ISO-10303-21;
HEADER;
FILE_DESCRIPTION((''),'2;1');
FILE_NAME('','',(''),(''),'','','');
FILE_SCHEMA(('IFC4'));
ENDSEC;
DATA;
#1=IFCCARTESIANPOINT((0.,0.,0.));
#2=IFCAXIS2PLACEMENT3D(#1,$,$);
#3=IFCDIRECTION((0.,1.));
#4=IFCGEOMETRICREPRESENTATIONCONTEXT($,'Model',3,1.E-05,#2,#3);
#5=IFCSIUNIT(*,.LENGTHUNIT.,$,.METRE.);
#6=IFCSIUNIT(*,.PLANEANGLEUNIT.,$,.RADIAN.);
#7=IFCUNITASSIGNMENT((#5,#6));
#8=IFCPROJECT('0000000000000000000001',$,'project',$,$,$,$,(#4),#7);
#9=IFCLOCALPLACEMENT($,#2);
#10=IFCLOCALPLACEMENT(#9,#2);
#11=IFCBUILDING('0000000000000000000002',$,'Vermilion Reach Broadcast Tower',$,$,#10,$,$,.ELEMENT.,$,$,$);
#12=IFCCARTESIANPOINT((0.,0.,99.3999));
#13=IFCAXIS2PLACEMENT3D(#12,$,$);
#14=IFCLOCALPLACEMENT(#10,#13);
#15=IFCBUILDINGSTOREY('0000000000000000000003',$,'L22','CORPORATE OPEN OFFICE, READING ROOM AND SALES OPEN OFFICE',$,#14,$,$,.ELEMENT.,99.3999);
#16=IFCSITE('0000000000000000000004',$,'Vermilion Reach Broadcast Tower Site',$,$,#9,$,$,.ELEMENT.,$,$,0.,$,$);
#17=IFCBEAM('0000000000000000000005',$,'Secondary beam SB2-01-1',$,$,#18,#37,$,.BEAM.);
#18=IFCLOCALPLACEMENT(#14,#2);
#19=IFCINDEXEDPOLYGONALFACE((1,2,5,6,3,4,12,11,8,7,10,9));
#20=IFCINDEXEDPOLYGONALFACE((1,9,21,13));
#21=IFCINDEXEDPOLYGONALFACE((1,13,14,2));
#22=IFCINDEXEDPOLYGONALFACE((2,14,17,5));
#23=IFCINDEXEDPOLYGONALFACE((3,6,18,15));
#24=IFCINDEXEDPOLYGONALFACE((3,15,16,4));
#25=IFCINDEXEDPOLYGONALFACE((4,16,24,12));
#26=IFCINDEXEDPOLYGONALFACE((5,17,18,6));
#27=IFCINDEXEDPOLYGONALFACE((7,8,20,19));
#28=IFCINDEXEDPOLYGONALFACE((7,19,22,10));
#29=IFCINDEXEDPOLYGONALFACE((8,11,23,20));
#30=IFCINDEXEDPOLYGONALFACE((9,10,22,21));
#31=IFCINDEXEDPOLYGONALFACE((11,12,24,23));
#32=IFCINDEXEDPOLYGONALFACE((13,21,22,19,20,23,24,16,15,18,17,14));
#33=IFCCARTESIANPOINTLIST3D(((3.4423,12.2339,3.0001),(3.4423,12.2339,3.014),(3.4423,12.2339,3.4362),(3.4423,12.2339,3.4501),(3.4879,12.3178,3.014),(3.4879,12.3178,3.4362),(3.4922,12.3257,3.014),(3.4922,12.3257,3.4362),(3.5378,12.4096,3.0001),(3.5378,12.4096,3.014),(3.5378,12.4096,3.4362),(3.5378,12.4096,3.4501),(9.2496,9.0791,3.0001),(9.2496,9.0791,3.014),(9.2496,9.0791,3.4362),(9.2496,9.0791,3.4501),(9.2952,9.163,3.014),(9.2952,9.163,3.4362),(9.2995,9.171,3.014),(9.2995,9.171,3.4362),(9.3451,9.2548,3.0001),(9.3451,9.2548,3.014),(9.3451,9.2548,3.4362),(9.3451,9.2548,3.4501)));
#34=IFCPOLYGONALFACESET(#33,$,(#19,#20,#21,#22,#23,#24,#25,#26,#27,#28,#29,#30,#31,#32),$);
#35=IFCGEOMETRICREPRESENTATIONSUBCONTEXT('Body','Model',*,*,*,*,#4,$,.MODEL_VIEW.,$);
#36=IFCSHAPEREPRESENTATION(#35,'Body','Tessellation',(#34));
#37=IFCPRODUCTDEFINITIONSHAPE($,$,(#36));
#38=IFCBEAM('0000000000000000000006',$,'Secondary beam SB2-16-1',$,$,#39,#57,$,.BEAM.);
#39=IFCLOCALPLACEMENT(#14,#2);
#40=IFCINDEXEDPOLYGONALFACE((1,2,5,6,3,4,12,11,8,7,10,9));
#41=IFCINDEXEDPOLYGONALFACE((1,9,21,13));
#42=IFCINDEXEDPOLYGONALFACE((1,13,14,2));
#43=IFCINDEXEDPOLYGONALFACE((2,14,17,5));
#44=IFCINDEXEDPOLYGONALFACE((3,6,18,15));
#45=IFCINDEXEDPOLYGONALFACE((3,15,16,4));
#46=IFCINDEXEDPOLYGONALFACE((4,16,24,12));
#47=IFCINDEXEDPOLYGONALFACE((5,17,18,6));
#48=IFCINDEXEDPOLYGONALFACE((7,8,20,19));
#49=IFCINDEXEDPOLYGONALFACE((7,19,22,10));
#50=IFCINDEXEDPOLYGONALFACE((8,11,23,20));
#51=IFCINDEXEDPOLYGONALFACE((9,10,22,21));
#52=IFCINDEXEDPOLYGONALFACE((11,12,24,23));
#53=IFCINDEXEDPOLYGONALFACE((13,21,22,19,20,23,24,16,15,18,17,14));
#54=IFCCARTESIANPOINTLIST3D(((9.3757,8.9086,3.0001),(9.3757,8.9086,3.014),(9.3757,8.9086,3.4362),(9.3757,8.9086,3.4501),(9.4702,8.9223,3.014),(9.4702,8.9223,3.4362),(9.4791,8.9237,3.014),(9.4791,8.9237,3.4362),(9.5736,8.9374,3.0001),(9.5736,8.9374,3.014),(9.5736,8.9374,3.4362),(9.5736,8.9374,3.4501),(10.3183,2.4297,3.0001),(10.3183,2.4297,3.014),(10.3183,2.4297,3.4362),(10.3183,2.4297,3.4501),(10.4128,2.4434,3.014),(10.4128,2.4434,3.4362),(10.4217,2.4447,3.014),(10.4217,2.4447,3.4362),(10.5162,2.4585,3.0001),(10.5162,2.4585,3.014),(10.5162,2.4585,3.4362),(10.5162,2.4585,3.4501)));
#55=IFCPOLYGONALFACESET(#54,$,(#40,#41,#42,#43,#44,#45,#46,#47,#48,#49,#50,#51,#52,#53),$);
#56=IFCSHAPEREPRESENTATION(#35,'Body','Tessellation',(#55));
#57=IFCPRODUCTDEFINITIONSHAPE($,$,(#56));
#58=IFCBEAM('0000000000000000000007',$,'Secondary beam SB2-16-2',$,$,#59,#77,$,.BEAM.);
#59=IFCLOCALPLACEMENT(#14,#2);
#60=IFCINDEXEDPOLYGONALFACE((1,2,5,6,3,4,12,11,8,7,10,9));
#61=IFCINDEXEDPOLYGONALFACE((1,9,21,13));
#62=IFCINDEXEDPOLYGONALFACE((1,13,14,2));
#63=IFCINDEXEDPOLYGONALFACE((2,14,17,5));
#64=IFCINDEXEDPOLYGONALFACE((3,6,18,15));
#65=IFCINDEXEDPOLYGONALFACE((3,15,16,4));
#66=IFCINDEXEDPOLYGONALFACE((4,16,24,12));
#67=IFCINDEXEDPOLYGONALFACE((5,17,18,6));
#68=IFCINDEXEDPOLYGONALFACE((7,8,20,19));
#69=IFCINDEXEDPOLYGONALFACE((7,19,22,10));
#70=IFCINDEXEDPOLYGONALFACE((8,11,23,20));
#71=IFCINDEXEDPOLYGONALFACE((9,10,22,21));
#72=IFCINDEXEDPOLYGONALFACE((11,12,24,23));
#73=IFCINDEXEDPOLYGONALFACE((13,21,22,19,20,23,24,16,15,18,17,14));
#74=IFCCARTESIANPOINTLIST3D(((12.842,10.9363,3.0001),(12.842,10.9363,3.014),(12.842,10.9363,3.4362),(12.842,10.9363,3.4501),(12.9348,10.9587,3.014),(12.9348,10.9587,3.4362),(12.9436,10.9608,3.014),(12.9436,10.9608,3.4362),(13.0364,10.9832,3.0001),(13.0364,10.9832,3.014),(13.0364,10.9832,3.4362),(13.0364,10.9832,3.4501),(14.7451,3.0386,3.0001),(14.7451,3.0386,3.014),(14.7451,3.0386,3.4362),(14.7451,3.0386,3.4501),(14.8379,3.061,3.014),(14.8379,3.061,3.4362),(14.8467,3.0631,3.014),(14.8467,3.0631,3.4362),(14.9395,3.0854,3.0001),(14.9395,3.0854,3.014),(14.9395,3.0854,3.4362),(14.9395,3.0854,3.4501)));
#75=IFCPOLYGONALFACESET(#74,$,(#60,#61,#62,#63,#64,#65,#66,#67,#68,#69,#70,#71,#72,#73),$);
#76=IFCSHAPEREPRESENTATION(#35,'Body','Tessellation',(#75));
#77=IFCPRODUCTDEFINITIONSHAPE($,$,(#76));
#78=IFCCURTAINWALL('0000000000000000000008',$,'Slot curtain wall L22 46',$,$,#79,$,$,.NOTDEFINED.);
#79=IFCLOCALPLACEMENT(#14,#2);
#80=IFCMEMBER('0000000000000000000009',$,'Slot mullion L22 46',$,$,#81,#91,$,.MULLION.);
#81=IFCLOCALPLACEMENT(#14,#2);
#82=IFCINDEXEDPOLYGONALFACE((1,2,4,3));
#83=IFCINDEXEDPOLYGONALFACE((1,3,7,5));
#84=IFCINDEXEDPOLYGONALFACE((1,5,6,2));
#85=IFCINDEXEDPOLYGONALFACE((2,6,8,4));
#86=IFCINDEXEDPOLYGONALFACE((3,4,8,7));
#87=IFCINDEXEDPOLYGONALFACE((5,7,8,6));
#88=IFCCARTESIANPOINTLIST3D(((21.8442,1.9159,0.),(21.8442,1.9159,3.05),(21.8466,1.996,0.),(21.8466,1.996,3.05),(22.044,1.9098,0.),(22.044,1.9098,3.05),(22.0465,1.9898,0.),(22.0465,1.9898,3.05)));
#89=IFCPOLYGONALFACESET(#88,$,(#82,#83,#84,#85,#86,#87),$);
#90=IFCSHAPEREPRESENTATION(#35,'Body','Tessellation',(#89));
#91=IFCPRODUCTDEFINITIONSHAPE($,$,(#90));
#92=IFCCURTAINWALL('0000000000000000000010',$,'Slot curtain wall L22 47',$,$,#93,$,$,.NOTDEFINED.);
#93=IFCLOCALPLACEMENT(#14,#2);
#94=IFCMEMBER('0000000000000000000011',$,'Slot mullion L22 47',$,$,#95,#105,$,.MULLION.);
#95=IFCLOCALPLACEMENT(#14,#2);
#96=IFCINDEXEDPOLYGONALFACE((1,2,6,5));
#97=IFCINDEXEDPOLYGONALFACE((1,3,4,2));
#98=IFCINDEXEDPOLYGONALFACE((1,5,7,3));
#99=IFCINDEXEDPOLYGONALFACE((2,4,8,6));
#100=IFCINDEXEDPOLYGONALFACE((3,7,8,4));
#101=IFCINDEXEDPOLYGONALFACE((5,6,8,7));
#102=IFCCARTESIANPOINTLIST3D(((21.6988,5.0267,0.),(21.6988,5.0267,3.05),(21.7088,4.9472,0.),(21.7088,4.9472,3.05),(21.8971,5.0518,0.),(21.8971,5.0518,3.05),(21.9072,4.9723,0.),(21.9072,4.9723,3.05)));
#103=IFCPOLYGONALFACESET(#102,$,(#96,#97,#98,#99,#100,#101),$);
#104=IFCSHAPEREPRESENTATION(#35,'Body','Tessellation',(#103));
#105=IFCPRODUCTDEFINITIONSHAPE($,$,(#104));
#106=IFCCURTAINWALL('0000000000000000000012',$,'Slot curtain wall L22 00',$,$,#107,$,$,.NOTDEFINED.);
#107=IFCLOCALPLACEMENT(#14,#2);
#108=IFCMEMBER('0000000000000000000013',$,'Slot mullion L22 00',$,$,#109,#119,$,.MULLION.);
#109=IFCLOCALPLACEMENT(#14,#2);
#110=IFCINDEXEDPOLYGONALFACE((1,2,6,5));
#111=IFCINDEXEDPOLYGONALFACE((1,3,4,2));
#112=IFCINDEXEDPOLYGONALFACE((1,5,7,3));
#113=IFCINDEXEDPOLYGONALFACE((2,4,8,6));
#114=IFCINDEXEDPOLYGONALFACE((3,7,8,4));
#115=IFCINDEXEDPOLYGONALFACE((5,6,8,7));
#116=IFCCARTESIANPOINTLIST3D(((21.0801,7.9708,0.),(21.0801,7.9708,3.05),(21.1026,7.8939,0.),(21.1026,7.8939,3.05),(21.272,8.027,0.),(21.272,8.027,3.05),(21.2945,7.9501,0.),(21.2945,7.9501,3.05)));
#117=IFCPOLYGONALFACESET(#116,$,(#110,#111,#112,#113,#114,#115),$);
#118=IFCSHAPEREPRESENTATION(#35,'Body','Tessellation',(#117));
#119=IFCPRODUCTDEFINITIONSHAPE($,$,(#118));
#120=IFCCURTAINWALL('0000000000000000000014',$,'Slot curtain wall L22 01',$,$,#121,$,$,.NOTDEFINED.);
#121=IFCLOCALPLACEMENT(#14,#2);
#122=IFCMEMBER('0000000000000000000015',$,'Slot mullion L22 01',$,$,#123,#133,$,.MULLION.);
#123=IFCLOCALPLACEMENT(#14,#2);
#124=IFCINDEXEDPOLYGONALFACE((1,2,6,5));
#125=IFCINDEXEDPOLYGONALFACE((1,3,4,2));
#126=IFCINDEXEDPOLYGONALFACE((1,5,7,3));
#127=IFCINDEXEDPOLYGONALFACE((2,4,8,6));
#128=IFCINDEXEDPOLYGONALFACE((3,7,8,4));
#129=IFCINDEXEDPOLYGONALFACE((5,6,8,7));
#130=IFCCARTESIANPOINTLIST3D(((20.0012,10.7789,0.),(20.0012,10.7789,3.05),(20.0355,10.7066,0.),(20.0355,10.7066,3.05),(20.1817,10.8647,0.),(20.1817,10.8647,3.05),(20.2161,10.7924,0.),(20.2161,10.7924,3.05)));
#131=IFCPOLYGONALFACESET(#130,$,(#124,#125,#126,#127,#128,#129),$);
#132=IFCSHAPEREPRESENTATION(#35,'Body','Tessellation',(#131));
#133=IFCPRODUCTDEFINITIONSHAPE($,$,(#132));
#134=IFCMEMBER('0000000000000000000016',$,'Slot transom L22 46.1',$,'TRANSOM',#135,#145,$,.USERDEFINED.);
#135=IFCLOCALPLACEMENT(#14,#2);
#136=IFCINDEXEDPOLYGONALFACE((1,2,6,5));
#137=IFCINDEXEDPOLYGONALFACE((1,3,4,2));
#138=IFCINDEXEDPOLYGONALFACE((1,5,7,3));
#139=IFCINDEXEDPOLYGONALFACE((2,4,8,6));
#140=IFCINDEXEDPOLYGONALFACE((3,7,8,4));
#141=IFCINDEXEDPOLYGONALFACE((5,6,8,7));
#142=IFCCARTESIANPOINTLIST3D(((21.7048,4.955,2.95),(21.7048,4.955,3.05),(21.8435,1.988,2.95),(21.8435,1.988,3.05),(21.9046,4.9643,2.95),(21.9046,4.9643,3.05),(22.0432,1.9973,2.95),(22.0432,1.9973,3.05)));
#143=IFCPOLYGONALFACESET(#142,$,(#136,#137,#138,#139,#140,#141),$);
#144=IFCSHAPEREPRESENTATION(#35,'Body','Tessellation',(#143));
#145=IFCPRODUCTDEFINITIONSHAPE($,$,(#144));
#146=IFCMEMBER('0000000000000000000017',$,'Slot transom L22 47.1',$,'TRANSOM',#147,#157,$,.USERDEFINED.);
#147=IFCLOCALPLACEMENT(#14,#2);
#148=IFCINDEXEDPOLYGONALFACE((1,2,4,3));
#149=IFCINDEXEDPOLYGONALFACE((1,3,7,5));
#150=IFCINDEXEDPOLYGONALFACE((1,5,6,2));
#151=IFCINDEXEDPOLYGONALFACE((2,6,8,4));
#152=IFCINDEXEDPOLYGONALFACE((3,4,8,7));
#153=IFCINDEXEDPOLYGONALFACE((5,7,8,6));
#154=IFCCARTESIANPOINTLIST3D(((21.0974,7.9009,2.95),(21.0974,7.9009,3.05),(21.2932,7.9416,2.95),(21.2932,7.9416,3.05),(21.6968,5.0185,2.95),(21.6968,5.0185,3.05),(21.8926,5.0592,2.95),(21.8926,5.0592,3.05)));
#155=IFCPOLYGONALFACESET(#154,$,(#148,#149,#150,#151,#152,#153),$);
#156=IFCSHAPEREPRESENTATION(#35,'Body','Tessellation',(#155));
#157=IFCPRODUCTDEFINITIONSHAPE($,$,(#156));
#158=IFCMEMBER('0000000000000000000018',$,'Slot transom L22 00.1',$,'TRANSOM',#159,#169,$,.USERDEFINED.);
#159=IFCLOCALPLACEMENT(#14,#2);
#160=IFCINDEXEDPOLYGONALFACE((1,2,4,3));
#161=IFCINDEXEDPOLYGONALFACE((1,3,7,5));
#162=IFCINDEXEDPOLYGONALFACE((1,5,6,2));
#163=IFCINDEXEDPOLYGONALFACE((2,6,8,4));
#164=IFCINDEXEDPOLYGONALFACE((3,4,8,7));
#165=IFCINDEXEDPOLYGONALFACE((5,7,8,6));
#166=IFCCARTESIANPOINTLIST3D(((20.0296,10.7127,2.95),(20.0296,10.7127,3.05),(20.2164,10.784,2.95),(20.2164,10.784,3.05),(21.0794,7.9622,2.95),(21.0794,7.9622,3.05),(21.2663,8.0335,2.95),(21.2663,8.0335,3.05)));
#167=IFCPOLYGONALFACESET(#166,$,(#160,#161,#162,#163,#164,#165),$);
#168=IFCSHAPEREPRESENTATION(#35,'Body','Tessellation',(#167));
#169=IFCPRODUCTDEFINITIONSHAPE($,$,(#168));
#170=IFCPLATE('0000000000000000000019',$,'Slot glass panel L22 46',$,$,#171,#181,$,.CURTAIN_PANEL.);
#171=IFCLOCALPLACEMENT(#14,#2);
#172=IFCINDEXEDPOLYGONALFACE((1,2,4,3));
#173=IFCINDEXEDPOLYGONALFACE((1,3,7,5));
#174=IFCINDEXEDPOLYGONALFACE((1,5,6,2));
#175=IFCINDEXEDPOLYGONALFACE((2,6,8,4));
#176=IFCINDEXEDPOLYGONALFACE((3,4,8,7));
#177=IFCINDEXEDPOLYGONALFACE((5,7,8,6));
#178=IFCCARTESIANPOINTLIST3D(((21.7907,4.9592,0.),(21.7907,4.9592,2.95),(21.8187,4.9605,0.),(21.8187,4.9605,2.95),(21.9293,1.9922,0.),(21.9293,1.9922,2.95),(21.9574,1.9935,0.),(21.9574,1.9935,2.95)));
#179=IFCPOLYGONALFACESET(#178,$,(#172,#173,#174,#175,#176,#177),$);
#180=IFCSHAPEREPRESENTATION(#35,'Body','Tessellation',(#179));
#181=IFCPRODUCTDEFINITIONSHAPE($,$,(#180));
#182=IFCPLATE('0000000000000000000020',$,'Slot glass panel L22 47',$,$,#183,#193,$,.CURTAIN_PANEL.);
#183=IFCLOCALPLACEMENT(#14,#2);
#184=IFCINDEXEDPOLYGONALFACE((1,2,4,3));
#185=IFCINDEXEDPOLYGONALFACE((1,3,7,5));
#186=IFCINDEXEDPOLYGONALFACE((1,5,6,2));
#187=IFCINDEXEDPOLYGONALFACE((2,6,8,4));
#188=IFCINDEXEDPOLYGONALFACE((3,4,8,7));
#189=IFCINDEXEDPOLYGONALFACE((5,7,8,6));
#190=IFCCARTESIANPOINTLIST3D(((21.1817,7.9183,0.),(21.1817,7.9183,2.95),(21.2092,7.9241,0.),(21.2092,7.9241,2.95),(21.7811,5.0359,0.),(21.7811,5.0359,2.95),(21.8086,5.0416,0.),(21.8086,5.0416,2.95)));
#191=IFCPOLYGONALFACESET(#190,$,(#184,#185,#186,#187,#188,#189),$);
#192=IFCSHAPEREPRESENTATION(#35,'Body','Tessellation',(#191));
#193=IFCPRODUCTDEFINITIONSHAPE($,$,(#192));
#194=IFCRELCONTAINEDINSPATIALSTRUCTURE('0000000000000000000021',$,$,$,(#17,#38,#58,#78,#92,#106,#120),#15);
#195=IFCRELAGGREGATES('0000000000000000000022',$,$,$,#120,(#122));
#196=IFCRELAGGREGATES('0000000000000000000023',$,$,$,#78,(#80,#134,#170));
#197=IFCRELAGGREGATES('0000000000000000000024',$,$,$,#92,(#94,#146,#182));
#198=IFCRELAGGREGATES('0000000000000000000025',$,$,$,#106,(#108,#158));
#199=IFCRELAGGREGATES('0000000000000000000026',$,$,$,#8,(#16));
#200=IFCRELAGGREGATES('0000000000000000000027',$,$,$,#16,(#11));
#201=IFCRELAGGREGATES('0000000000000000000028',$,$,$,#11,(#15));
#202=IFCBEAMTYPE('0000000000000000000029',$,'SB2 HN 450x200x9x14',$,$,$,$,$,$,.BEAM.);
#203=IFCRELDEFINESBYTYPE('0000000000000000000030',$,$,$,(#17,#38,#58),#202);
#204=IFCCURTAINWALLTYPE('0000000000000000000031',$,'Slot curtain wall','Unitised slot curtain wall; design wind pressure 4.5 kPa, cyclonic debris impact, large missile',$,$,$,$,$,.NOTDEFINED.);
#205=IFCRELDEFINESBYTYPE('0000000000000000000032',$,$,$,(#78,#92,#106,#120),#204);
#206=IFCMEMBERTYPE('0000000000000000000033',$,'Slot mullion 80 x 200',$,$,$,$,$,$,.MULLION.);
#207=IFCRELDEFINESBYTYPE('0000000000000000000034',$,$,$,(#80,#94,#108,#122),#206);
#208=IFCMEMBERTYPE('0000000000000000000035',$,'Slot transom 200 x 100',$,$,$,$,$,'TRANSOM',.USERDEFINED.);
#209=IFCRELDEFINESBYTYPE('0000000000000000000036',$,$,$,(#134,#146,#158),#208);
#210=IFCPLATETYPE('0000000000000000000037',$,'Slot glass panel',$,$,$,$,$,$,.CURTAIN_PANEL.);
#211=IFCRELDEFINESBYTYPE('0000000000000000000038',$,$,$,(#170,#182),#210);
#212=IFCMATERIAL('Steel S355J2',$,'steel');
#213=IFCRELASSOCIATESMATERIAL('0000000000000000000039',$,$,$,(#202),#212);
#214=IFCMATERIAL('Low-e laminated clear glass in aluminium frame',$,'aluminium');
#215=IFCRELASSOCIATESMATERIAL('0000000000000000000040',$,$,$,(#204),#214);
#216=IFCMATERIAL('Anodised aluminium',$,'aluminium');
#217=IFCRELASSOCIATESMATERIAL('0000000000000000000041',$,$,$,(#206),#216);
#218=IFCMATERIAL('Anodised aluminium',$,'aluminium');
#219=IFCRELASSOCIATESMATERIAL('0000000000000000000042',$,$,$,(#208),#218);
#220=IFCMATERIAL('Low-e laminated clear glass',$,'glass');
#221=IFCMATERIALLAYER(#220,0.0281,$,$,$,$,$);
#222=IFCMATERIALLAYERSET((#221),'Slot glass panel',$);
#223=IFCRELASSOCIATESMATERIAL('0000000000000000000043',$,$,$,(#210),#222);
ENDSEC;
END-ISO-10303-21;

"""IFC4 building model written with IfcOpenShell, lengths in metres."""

from ifc_helpers import new_model, si_unit, direction, frame, origin, origin_2d, place, context, subcontext, project, spatial, rectangle, i_section, extrude, material, layer, layer_set, material_profile, profile_set, type_object, element, aggregate, save


model = new_model("IFC4")

# Units and contexts
model_context = context("Model", 3, precision=1e-05, world=origin(), true_north=direction((0.0, 1.0)))
body_context = subcontext(model_context, "Body", "Model", "MODEL_VIEW")
ifc_project = project(units=[si_unit("LENGTHUNIT", "METRE"), si_unit("PLANEANGLEUNIT", "RADIAN")], contexts=[model_context])

# Site, building, storey
site_placement = place(None, origin())
site = spatial("IfcSite", under=ifc_project, at=site_placement, Name="Vermilion Reach Broadcast Tower Site", CompositionType="ELEMENT", RefElevation=0.0)
building_placement = place(site_placement, origin())
building = spatial("IfcBuilding", under=site, at=building_placement, Name="Vermilion Reach Broadcast Tower", CompositionType="ELEMENT")
storey_placement = place(building_placement, frame((0.0, 0.0, 99.3999)))
storey = spatial("IfcBuildingStorey", under=building, at=storey_placement, Name="L22", Description="CORPORATE OPEN OFFICE, READING ROOM AND SALES OPEN OFFICE", CompositionType="ELEMENT", Elevation=99.3999)

# Beams
ifc_material_1 = material(Name="Steel S355J2", Category="steel")
ifc_material_profile_1 = material_profile(ifc_material_1, i_section(OverallWidth=0.2, OverallDepth=0.45, WebThickness=0.009, FlangeThickness=0.0139, at=origin_2d()), Name="S355J2 HN 450x200x9x14")
ifc_profile_set_1 = profile_set([ifc_material_profile_1], Name="Steel S355J2")
beam_type_1 = type_object("IfcBeamType", Name="SB2 HN 450x200x9x14", PredefinedType="BEAM", material=ifc_profile_set_1)
beam_1_placement = place(storey_placement, frame((9.2974, 9.167, 3.2251), z_axis=(-0.878713, 0.47735, 0.0), x_axis=(-0.47735, -0.878713, 0.0)))
element("IfcBeam", 1, at=beam_1_placement, inside=storey, type_object=beam_type_1, Name="Secondary beam SB2-01-1", PredefinedType="BEAM", context=body_context, shape_type="SweptSolid", body=[
    extrude(i_section(OverallWidth=0.2, OverallDepth=0.45, WebThickness=0.009, FlangeThickness=0.0139, at=origin_2d()), origin(), (0.0, 0.0, 1.0), 6.6089),
])
beam_2_placement = place(storey_placement, frame((10.4172, 2.4441, 3.2251), z_axis=(-0.143974, 0.989582, 0.0), x_axis=(-0.989582, -0.143974, 0.0)))
element("IfcBeam", 2, at=beam_2_placement, inside=storey, type_object=beam_type_1, Name="Secondary beam SB2-16-1", PredefinedType="BEAM", context=body_context, shape_type="SweptSolid", body=[
    extrude(i_section(OverallWidth=0.2, OverallDepth=0.45, WebThickness=0.009, FlangeThickness=0.0139, at=origin_2d()), origin(), (0.0, 0.0, 1.0), 6.5471),
])
beam_3_placement = place(storey_placement, frame((14.8423, 3.062, 3.2251), z_axis=(-0.234261, 0.972174, 0.0), x_axis=(-0.972174, -0.234261, 0.0)))
element("IfcBeam", 3, at=beam_3_placement, inside=storey, type_object=beam_type_1, Name="Secondary beam SB2-16-2", PredefinedType="BEAM", context=body_context, shape_type="SweptSolid", body=[
    extrude(i_section(OverallWidth=0.2, OverallDepth=0.45, WebThickness=0.009, FlangeThickness=0.0139, at=origin_2d()), origin(), (0.0, 0.0, 1.0), 8.1238),
])

# Curtain walls, members
ifc_material_2 = material(Name="Low-e laminated clear glass in aluminium frame", Category="aluminium")
curtain_wall_type = type_object("IfcCurtainWallType", Name="Slot curtain wall", Description="Unitised slot curtain wall; design wind pressure 4.5 kPa, cyclonic debris impact, large missile", PredefinedType="NOTDEFINED", material=ifc_material_2)
placement = place(storey_placement, origin())
curtain_wall_1 = element("IfcCurtainWall", 4, at=placement, inside=storey, type_object=curtain_wall_type, Name="Slot curtain wall L22 46", PredefinedType="NOTDEFINED")
ifc_material_3 = material(Name="Anodised aluminium", Category="aluminium")
ifc_material_profile_2 = material_profile(ifc_material_3, rectangle(XDim=0.2, YDim=0.0801, at=origin_2d()), Name="Slot mullion 80 x 200")
ifc_profile_set_2 = profile_set([ifc_material_profile_2], Name="Anodised aluminium")
member_type_1 = type_object("IfcMemberType", Name="Slot mullion 80 x 200", PredefinedType="MULLION", material=ifc_profile_set_2)
member_1_placement = place(storey_placement, frame((21.9453, 1.9529, 0.0), z_axis=(0.0, 0.0, 1.0), x_axis=(-0.999532, 0.030598, 0.0)))
member_1 = element("IfcMember", 5, at=member_1_placement, type_object=member_type_1, Name="Slot mullion L22 46", PredefinedType="MULLION", context=body_context, shape_type="SweptSolid", body=[
    extrude(rectangle(XDim=0.2, YDim=0.0801, at=origin_2d()), origin(), (0.0, 0.0, 1.0), 3.05),
])
curtain_wall_2 = element("IfcCurtainWall", 6, at=placement, inside=storey, type_object=curtain_wall_type, Name="Slot curtain wall L22 47", PredefinedType="NOTDEFINED")
member_2_placement = place(storey_placement, frame((21.803, 4.9995, 0.0), z_axis=(0.0, 0.0, 1.0), x_axis=(-0.99209, -0.125526, 0.0)))
member_2 = element("IfcMember", 7, at=member_2_placement, type_object=member_type_1, Name="Slot mullion L22 47", PredefinedType="MULLION", context=body_context, shape_type="SweptSolid", body=[
    extrude(rectangle(XDim=0.2, YDim=0.0801, at=origin_2d()), origin(), (0.0, 0.0, 1.0), 3.05),
])
curtain_wall_3 = element("IfcCurtainWall", 8, at=placement, inside=storey, type_object=curtain_wall_type, Name="Slot curtain wall L22 00", PredefinedType="NOTDEFINED")
member_3_placement = place(storey_placement, frame((21.1873, 7.9604, 0.0), z_axis=(0.0, 0.0, 1.0), x_axis=(-0.959707, -0.281002, 0.0)))
member_3 = element("IfcMember", 9, at=member_3_placement, type_object=member_type_1, Name="Slot mullion L22 00", PredefinedType="MULLION", context=body_context, shape_type="SweptSolid", body=[
    extrude(rectangle(XDim=0.2, YDim=0.0801, at=origin_2d()), origin(), (0.0, 0.0, 1.0), 3.05),
])
curtain_wall_4 = element("IfcCurtainWall", 10, at=placement, inside=storey, type_object=curtain_wall_type, Name="Slot curtain wall L22 01", PredefinedType="NOTDEFINED")
member_4_placement = place(storey_placement, frame((20.1086, 10.7856, 0.0), z_axis=(0.0, 0.0, 1.0), x_axis=(-0.903119, -0.42939, 0.0)))
member_4 = element("IfcMember", 11, at=member_4_placement, type_object=member_type_1, Name="Slot mullion L22 01", PredefinedType="MULLION", context=body_context, shape_type="SweptSolid", body=[
    extrude(rectangle(XDim=0.2, YDim=0.0801, at=origin_2d()), origin(), (0.0, 0.0, 1.0), 3.05),
])
aggregate(curtain_wall_4, [member_4])

# Members
ifc_material_4 = material(Name="Anodised aluminium", Category="aluminium")
ifc_material_profile_3 = material_profile(ifc_material_4, rectangle(XDim=0.2, YDim=0.1001, at=origin_2d()), Name="Slot transom 200 x 100")
ifc_profile_set_3 = profile_set([ifc_material_profile_3], Name="Anodised aluminium")
member_type_2 = type_object("IfcMemberType", Name="Slot transom 200 x 100", ElementType="TRANSOM", PredefinedType="USERDEFINED", material=ifc_profile_set_3)
member_5_placement = place(storey_placement, frame((21.9434, 1.9927, 3.0), z_axis=(-0.046686, 0.99891, 0.0), x_axis=(-0.99891, -0.046686, 0.0)))
member_5 = element("IfcMember", 12, at=member_5_placement, type_object=member_type_2, Name="Slot transom L22 46.1", ObjectType="TRANSOM", PredefinedType="USERDEFINED", context=body_context, shape_type="SweptSolid", body=[
    extrude(rectangle(XDim=0.2, YDim=0.1001, at=origin_2d()), origin(), (0.0, 0.0, 1.0), 2.9702),
])
member_6_placement = place(storey_placement, frame((21.7947, 5.0388, 3.0), z_axis=(-0.20359, 0.979056, 0.0), x_axis=(-0.979056, -0.20359, 0.0)))
member_6 = element("IfcMember", 13, at=member_6_placement, type_object=member_type_2, Name="Slot transom L22 47.1", ObjectType="TRANSOM", PredefinedType="USERDEFINED", context=body_context, shape_type="SweptSolid", body=[
    extrude(rectangle(XDim=0.2, YDim=0.1001, at=origin_2d()), origin(), (0.0, 0.0, 1.0), 2.9441),
])
member_7_placement = place(storey_placement, frame((21.1729, 7.9978, 3.0), z_axis=(-0.356588, 0.934262, 0.0), x_axis=(-0.934262, -0.356588, 0.0)))
member_7 = element("IfcMember", 14, at=member_7_placement, type_object=member_type_2, Name="Slot transom L22 00.1", ObjectType="TRANSOM", PredefinedType="USERDEFINED", context=body_context, shape_type="SweptSolid", body=[
    extrude(rectangle(XDim=0.2, YDim=0.1001, at=origin_2d()), origin(), (0.0, 0.0, 1.0), 2.9441),
])

# Plates
ifc_material_5 = material(Name="Low-e laminated clear glass", Category="glass")
ifc_layer_1 = layer(ifc_material_5, 0.0281)
ifc_layer_set_1 = layer_set([ifc_layer_1], Name="Slot glass panel")
plate_type = type_object("IfcPlateType", Name="Slot glass panel", PredefinedType="CURTAIN_PANEL", material=ifc_layer_set_1)
plate_1_placement = place(storey_placement, frame((21.874, 3.4763, 0.0), z_axis=(0.0, 0.0, 1.0), x_axis=(-0.046679, 0.99891, 0.0)))
plate_1 = element("IfcPlate", 15, at=plate_1_placement, type_object=plate_type, Name="Slot glass panel L22 46", PredefinedType="CURTAIN_PANEL", context=body_context, shape_type="SweptSolid", body=[
    extrude(rectangle(XDim=2.9702, YDim=0.0281, at=origin_2d()), origin(), (0.0, 0.0, 1.0), 2.95),
])
aggregate(curtain_wall_1, [member_1, member_5, plate_1])
plate_2_placement = place(storey_placement, frame((21.4951, 6.48, 0.0), z_axis=(0.0, 0.0, 1.0), x_axis=(-0.203587, 0.979057, 0.0)))
plate_2 = element("IfcPlate", 16, at=plate_2_placement, type_object=plate_type, Name="Slot glass panel L22 47", PredefinedType="CURTAIN_PANEL", context=body_context, shape_type="SweptSolid", body=[
    extrude(rectangle(XDim=2.9441, YDim=0.0281, at=origin_2d()), origin(), (0.0, 0.0, 1.0), 2.95),
])
aggregate(curtain_wall_2, [member_2, member_6, plate_2])
aggregate(curtain_wall_3, [member_3, member_7])

save(model, "model.ifc")
